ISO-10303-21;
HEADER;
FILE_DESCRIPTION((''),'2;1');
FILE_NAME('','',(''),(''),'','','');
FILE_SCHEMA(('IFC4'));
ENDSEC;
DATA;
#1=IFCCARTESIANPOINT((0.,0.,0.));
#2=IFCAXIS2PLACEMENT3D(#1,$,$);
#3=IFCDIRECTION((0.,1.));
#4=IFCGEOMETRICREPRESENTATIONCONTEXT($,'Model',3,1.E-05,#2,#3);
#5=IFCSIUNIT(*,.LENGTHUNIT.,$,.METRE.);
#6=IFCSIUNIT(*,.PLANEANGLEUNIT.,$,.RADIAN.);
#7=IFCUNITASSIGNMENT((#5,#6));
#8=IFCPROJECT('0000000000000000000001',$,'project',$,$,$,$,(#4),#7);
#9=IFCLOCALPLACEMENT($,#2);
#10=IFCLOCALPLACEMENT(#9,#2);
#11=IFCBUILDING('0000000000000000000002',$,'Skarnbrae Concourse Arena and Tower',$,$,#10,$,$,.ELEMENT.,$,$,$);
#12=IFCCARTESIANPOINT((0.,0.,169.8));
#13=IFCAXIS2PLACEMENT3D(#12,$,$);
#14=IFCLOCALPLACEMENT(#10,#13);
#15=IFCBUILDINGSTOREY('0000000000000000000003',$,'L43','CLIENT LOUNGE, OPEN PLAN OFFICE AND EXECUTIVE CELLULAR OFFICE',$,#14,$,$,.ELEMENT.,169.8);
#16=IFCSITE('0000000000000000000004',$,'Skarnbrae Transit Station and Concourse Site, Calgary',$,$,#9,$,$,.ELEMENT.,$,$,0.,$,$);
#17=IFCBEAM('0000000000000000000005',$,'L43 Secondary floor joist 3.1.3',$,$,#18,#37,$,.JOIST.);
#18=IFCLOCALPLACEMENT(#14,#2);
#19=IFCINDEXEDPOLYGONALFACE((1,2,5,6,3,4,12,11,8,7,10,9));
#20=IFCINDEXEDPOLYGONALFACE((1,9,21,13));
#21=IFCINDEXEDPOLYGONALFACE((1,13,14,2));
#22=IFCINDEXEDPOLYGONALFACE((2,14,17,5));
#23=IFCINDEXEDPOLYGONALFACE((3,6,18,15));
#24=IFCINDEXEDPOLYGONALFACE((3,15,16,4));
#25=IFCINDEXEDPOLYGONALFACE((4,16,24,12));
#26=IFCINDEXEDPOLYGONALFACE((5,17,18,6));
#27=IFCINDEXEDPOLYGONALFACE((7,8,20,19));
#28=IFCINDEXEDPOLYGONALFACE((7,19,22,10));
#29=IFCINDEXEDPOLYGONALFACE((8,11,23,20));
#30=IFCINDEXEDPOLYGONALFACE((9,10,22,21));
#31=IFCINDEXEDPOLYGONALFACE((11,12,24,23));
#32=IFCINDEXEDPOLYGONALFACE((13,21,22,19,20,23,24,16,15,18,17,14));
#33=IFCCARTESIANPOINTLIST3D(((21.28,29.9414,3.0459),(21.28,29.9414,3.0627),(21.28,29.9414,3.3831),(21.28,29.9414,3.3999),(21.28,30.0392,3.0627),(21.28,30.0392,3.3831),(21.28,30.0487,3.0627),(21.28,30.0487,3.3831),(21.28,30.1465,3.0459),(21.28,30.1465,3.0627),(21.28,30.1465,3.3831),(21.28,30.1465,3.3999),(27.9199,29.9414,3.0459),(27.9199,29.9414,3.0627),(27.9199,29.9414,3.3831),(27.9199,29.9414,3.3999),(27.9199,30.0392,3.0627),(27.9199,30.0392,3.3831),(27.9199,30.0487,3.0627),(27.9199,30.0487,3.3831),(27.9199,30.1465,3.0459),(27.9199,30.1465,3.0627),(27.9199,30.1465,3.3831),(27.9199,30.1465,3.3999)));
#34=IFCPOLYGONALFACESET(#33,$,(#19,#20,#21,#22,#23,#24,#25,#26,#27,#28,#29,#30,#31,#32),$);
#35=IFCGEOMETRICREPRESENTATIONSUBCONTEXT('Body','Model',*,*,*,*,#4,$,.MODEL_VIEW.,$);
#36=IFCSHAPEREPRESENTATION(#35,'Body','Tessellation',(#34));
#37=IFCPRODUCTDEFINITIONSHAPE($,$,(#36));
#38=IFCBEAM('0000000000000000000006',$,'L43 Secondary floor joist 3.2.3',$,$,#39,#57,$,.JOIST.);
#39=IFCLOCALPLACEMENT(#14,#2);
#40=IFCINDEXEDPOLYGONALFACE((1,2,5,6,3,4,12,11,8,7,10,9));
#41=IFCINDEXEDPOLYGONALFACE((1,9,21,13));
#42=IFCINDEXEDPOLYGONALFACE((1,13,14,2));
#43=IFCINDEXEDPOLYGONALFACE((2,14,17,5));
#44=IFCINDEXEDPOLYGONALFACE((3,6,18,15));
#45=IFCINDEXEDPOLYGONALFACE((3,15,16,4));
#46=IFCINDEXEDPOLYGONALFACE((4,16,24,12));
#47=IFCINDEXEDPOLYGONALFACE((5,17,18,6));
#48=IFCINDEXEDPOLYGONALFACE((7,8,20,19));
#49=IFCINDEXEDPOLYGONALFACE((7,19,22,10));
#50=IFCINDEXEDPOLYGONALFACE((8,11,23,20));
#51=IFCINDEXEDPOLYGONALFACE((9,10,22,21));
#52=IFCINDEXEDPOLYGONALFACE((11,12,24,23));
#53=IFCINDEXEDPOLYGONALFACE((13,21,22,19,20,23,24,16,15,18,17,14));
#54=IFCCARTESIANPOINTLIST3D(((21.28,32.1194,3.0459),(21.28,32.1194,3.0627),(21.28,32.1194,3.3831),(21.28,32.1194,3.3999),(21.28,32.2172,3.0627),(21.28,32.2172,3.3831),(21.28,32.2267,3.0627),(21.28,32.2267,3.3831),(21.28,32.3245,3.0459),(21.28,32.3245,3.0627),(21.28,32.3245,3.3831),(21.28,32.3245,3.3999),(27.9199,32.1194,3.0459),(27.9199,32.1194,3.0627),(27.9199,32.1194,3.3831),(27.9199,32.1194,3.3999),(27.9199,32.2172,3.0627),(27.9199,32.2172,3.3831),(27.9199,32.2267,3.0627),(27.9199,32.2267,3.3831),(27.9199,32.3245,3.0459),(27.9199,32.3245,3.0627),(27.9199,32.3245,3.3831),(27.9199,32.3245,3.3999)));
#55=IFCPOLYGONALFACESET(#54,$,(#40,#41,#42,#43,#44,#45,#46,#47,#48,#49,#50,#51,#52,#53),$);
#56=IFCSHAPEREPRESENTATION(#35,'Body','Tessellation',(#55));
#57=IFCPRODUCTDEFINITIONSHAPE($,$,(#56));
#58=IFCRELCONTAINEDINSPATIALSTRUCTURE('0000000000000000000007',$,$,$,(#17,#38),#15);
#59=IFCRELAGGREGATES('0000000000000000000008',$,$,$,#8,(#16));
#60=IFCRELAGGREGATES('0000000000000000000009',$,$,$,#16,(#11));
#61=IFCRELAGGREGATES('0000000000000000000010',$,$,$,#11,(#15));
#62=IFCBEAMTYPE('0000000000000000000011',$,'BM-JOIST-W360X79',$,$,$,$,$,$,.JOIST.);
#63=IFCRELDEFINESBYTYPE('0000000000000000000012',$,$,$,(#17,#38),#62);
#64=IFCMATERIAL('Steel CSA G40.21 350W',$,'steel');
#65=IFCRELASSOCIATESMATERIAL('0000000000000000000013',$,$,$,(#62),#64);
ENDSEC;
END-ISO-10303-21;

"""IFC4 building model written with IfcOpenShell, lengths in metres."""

from ifc_helpers import new_model, si_unit, direction, frame, origin, origin_2d, place, context, subcontext, project, spatial, i_section, extrude, source, transform, mapped, material, material_profile, profile_set, type_object, element, save


model = new_model("IFC4")

# Units and contexts
model_context = context("Model", 3, precision=1e-05, world=origin(), true_north=direction((0.0, 1.0)))
body_context = subcontext(model_context, "Body", "Model", "MODEL_VIEW")
ifc_project = project(units=[si_unit("LENGTHUNIT", "METRE"), si_unit("PLANEANGLEUNIT", "RADIAN")], contexts=[model_context])

# Site, building, storey
site_placement = place(None, origin())
site = spatial("IfcSite", under=ifc_project, at=site_placement, Name="Skarnbrae Transit Station and Concourse Site, Calgary", CompositionType="ELEMENT", RefElevation=0.0)
building_placement = place(site_placement, origin())
building = spatial("IfcBuilding", under=site, at=building_placement, Name="Skarnbrae Concourse Arena and Tower", CompositionType="ELEMENT")
storey_placement = place(building_placement, frame((0.0, 0.0, 169.8)))
storey = spatial("IfcBuildingStorey", under=building, at=storey_placement, Name="L43", Description="CLIENT LOUNGE, OPEN PLAN OFFICE AND EXECUTIVE CELLULAR OFFICE", CompositionType="ELEMENT", Elevation=169.8)

# Shared definitions
ifc_material = material(Name="Steel CSA G40.21 350W", Category="steel")

# Beams
ifc_material_profile_1 = material_profile(ifc_material, i_section(OverallWidth=0.2051, OverallDepth=0.354, WebThickness=0.0095, FlangeThickness=0.0168, at=origin_2d()), Name="W360X79")
ifc_profile_set_1 = profile_set([ifc_material_profile_1], Name="Steel CSA G40.21 350W")
beam_type_1 = type_object("IfcBeamType", Name="BM-JOIST-W360X79", PredefinedType="JOIST", material=ifc_profile_set_1)
shared_shape_1 = source(origin(), body_context, "Body", "SweptSolid", [
    extrude(i_section(OverallWidth=0.2051, OverallDepth=0.354, WebThickness=0.0095, FlangeThickness=0.0168, at=origin_2d()), origin(), (0.0, 0.0, 1.0), 6.6399),
])
for number, where, z_axis, x_axis, name in (
    (1, (21.28, 30.0439, 3.2229), (1.0, 0.0, 0.0), (0.0, 1.0, 0.0), "L43 Secondary floor joist 3.1.3"),
    (2, (21.28, 32.2219, 3.2229), (1.0, 0.0, 0.0), (0.0, 1.0, 0.0), "L43 Secondary floor joist 3.2.3"),
):
    element("IfcBeam", number, at=place(storey_placement, frame(where, z_axis=z_axis, x_axis=x_axis)), inside=storey, type_object=beam_type_1, Name=name, PredefinedType="JOIST", context=body_context, shape_type="MappedRepresentation", body=[
        mapped(shared_shape_1, transform((0.0, 0.0, 0.0))),
    ])

save(model, "model.ifc")
